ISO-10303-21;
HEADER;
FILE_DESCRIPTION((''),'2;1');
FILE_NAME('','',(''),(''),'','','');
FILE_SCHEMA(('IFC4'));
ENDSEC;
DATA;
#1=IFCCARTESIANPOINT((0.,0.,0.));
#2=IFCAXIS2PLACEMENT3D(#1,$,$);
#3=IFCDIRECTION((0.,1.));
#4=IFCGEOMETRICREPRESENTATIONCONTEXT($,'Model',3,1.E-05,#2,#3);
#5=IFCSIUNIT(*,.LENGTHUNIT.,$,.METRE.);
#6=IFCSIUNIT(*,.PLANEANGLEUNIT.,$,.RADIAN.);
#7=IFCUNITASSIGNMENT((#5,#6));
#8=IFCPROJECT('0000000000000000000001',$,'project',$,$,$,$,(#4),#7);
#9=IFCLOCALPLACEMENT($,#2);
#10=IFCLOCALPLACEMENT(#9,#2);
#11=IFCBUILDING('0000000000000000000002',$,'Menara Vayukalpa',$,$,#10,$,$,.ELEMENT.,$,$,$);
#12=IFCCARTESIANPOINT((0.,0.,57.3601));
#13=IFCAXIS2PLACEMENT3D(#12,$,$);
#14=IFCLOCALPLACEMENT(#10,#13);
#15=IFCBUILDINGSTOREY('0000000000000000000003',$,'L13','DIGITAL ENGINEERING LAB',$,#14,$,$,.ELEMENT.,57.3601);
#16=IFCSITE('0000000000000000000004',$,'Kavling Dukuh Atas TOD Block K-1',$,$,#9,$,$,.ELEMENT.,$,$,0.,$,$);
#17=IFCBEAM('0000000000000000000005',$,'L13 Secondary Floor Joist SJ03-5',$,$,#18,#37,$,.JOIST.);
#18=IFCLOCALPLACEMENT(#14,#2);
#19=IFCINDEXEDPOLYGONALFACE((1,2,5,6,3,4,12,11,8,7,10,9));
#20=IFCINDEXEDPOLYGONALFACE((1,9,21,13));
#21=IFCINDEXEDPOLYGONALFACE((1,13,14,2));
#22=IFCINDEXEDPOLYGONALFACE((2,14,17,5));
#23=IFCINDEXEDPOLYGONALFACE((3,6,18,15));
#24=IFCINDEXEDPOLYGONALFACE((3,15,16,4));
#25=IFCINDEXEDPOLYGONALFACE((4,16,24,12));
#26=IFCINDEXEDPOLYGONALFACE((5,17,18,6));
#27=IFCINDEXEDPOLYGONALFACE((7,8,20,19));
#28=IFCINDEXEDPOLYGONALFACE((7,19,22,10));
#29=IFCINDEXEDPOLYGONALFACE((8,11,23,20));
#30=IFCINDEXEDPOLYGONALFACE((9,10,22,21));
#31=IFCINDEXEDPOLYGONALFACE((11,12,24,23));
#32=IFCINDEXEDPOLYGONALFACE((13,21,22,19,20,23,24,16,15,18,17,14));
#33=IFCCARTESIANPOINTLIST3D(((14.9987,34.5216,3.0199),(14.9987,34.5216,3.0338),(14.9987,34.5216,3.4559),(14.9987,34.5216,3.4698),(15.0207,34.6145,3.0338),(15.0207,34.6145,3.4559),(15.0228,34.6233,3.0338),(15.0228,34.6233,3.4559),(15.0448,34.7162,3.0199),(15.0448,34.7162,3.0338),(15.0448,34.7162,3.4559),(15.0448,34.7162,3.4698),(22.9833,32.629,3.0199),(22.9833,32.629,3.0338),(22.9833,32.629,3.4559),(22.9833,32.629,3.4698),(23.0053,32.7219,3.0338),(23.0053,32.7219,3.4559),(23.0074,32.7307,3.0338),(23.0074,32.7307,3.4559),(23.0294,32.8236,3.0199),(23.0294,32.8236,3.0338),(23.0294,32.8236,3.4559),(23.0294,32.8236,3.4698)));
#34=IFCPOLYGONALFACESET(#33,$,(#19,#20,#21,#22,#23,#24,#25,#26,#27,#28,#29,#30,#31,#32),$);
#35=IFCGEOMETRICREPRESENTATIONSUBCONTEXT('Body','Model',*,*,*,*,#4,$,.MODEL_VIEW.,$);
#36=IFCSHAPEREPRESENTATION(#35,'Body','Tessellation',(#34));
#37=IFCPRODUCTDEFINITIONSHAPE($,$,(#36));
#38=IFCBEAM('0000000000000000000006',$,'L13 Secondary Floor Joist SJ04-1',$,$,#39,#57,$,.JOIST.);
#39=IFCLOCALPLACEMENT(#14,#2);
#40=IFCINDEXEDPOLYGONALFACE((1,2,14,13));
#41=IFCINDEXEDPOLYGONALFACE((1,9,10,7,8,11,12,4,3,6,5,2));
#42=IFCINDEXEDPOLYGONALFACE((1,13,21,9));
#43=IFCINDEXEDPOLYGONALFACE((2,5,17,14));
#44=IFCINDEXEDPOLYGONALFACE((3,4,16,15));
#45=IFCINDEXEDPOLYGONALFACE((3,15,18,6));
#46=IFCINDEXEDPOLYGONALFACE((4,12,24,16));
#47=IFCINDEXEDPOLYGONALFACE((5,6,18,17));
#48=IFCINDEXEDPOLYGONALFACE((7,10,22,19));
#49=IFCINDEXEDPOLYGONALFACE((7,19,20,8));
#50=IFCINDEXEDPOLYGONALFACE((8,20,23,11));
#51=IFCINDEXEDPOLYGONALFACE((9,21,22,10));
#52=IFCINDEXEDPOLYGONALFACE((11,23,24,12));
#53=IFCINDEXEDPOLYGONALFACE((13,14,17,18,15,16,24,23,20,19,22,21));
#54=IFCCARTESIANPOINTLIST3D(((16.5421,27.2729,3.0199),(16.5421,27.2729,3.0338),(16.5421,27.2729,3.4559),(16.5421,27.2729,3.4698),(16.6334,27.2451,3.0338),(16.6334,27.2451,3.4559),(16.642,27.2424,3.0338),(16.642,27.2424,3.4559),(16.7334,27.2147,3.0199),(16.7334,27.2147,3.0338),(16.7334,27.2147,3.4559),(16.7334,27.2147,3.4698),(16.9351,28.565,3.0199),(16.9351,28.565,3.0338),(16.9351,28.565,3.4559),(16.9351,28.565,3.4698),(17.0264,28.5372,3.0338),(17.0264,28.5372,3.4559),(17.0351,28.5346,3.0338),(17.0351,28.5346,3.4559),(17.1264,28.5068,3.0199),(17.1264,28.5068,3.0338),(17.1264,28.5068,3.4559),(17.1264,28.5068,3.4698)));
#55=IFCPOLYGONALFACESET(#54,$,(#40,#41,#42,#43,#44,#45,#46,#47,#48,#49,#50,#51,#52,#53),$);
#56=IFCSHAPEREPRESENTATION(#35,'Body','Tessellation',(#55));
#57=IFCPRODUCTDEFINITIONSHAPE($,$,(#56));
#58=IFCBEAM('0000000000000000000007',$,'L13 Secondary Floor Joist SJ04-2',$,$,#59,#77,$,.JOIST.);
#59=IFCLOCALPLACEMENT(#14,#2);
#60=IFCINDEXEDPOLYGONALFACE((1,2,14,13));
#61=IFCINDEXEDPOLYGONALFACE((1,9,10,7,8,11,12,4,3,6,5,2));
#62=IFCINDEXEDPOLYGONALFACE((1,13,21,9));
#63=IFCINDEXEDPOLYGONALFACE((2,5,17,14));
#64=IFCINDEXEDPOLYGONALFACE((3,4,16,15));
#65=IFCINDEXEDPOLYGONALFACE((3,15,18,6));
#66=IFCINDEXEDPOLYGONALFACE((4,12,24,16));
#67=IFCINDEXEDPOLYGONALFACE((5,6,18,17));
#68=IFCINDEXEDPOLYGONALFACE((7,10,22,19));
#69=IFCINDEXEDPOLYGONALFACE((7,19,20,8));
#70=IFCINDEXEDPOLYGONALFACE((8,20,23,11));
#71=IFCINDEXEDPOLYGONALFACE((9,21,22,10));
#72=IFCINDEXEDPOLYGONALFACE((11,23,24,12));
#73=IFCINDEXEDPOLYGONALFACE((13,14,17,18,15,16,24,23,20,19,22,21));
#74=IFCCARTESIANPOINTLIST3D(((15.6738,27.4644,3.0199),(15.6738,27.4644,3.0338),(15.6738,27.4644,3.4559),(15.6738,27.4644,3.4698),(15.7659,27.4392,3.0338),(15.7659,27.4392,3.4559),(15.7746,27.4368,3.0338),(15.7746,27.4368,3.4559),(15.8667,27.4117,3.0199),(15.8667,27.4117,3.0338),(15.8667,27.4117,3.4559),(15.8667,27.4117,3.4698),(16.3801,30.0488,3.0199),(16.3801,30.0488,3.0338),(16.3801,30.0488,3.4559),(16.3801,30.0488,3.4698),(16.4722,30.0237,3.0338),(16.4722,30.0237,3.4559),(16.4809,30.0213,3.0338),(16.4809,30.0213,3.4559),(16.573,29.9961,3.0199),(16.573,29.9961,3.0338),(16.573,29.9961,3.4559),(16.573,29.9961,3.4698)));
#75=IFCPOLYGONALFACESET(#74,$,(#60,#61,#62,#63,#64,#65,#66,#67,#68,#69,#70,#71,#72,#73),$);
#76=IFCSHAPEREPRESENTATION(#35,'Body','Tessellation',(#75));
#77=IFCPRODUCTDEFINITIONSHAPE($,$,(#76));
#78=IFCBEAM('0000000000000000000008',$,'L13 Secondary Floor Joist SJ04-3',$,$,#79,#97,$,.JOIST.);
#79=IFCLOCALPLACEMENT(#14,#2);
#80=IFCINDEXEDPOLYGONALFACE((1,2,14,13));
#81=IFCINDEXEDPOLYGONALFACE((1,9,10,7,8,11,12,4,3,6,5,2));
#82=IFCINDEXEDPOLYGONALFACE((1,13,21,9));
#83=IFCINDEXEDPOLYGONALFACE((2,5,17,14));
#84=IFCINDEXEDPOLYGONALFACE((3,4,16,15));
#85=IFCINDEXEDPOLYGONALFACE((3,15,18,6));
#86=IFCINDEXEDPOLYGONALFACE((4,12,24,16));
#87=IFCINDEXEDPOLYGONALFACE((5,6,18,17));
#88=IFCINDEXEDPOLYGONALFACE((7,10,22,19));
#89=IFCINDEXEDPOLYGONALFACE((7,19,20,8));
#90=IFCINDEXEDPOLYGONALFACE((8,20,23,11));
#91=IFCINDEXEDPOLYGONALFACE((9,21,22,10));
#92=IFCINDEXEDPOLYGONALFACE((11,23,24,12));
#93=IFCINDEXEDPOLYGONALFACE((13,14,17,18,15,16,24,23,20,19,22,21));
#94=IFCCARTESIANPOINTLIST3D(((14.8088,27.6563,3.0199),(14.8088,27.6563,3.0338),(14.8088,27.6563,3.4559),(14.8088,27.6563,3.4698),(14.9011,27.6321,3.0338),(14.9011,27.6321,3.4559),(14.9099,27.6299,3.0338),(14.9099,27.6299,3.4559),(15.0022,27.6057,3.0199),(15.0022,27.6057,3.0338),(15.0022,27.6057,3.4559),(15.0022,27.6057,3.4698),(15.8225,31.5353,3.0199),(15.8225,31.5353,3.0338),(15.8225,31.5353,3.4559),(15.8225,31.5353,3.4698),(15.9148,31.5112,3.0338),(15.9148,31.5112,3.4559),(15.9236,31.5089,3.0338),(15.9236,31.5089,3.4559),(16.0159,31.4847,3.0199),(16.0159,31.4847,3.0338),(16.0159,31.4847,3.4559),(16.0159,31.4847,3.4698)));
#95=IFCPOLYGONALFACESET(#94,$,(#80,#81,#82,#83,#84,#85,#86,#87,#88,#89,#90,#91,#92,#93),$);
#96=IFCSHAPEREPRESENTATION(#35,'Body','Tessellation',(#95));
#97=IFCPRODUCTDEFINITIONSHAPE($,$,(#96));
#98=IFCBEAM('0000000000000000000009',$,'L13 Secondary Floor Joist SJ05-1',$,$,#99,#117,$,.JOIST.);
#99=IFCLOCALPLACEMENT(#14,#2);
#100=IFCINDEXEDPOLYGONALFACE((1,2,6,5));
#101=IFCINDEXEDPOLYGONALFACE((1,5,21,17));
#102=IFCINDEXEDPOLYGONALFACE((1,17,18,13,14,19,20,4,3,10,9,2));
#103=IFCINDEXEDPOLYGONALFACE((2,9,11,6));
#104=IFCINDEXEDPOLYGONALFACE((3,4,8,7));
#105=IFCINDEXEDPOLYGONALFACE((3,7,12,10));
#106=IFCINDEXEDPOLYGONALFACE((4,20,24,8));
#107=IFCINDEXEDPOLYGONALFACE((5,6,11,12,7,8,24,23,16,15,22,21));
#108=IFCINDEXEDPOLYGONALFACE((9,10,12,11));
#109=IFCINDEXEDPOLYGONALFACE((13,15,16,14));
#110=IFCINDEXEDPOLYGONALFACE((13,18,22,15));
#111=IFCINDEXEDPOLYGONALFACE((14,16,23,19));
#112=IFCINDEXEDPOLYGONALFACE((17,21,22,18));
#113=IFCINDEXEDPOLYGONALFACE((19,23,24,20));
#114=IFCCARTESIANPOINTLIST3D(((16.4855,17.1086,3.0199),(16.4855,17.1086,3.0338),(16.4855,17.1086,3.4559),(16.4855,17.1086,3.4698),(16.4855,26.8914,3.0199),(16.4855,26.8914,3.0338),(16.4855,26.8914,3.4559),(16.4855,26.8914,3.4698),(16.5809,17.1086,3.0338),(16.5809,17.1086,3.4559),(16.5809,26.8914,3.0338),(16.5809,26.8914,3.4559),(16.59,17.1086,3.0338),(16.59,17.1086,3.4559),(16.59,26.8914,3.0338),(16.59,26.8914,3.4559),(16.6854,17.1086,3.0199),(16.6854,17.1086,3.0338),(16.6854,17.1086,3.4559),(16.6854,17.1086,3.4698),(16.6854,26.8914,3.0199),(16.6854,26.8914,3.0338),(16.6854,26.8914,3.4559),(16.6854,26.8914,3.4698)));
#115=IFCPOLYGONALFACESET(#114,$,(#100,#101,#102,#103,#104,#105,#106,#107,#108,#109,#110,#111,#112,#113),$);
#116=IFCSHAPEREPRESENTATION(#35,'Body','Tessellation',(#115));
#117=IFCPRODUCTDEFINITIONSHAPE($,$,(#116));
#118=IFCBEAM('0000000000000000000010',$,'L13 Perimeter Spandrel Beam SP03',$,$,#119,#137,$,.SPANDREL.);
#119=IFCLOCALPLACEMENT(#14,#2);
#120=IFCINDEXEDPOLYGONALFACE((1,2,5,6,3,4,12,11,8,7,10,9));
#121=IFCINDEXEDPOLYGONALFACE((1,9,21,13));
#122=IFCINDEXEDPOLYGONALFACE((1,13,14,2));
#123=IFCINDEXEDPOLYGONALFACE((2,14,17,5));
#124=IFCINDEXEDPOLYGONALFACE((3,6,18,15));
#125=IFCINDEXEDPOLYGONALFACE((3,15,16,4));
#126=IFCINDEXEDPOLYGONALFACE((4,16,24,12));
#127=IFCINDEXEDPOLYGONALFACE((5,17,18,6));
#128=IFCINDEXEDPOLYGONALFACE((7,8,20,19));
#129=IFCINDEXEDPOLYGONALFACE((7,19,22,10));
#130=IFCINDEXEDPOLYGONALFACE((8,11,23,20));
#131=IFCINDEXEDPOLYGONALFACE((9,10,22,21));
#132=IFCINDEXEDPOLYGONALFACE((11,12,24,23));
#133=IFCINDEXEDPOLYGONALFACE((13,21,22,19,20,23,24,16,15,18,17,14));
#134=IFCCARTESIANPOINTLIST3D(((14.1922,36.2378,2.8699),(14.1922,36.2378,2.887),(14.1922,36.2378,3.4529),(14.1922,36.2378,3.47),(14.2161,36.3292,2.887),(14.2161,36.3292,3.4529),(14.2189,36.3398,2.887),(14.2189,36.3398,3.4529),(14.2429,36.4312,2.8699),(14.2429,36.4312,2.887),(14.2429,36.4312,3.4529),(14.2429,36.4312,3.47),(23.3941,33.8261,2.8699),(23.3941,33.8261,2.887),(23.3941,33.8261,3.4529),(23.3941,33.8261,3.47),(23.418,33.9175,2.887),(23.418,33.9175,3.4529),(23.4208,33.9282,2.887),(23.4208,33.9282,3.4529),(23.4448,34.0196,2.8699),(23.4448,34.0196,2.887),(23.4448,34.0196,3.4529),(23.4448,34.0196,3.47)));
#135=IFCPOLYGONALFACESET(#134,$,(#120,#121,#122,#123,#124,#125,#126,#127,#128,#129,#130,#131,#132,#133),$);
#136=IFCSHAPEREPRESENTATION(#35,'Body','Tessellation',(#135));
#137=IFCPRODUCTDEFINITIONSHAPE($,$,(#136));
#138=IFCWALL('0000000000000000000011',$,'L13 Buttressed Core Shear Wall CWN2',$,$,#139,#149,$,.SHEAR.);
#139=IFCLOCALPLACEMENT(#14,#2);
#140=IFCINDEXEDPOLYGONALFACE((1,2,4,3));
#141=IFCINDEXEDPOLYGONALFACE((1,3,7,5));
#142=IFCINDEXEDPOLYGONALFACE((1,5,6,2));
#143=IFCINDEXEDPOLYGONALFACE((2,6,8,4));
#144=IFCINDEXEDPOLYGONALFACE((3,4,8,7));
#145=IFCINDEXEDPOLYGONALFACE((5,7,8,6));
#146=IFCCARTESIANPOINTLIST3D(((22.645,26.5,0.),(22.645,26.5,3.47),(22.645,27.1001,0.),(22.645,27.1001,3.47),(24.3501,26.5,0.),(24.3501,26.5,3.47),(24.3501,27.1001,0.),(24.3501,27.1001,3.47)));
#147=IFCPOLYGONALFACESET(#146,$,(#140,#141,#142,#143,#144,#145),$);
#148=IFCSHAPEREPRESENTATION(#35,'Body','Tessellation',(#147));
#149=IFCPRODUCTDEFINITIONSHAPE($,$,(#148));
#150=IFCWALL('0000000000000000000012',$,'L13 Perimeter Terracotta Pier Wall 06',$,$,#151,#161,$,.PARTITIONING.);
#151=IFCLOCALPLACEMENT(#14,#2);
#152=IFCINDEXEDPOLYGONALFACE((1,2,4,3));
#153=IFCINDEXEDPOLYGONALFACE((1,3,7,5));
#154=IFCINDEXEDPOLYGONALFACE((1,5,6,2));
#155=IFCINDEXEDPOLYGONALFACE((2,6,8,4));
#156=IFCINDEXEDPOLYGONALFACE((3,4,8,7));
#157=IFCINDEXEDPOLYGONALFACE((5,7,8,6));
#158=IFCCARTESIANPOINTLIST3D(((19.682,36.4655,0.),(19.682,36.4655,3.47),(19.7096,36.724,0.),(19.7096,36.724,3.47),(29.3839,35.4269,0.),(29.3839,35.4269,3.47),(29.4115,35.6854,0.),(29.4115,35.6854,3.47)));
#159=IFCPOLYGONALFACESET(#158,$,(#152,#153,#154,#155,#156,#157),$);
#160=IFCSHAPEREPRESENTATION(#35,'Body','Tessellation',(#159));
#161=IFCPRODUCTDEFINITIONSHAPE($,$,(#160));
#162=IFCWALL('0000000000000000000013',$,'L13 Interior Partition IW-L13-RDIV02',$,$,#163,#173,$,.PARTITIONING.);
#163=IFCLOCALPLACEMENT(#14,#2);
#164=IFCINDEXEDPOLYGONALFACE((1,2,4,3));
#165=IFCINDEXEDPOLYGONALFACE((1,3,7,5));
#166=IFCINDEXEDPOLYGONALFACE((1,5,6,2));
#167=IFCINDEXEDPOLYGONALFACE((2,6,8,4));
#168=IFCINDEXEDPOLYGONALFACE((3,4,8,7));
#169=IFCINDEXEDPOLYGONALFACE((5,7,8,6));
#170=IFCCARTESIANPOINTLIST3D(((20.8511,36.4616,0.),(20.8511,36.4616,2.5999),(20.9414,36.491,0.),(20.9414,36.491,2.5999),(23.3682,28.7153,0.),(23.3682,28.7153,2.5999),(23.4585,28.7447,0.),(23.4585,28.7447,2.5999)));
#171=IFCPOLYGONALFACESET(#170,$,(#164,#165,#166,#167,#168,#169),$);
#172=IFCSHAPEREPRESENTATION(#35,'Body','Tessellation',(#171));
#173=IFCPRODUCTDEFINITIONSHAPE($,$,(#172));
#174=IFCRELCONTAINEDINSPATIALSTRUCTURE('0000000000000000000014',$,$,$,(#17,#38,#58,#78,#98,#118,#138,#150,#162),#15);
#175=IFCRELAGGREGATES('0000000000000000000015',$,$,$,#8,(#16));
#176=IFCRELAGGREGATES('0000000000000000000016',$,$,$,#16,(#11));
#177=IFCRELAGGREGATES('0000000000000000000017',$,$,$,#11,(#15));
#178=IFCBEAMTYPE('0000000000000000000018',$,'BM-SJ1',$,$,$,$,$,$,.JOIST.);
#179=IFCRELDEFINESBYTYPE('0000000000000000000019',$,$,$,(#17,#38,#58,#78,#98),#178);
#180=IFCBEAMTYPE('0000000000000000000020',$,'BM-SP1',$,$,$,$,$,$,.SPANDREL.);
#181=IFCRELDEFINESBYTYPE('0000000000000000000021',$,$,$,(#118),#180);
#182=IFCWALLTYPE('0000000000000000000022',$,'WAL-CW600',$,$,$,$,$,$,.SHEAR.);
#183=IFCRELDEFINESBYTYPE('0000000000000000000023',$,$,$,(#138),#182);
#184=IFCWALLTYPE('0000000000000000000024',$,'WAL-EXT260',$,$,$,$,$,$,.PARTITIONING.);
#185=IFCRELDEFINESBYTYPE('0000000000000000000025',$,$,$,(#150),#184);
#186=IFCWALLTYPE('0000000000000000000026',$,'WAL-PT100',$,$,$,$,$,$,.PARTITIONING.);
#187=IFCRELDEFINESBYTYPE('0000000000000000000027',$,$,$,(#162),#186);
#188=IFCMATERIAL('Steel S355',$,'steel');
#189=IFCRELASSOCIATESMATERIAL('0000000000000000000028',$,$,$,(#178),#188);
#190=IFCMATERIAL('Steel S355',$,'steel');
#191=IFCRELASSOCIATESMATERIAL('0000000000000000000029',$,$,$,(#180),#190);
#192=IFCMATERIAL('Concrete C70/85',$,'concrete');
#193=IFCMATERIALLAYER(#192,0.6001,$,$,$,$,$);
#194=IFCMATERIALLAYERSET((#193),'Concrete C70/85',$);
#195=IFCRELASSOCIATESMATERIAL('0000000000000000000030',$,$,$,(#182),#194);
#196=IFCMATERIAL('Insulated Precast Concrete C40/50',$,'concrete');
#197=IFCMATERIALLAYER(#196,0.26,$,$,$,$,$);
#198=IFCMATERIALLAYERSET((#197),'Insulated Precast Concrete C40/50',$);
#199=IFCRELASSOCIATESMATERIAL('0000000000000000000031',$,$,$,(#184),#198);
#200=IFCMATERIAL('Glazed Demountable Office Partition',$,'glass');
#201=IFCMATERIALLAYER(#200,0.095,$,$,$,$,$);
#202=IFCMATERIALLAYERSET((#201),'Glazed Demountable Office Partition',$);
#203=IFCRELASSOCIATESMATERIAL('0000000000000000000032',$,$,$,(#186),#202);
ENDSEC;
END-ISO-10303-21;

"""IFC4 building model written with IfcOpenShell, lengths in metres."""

from ifc_helpers import new_model, si_unit, direction, frame, frame_2d, origin, origin_2d, place, context, subcontext, project, spatial, rectangle, i_section, extrude, material, layer, layer_set, material_profile, profile_set, type_object, element, save


model = new_model("IFC4")

# Units and contexts
model_context = context("Model", 3, precision=1e-05, world=origin(), true_north=direction((0.0, 1.0)))
body_context = subcontext(model_context, "Body", "Model", "MODEL_VIEW")
ifc_project = project(units=[si_unit("LENGTHUNIT", "METRE"), si_unit("PLANEANGLEUNIT", "RADIAN")], contexts=[model_context])

# Site, building, storey
site_placement = place(None, origin())
site = spatial("IfcSite", under=ifc_project, at=site_placement, Name="Kavling Dukuh Atas TOD Block K-1", CompositionType="ELEMENT", RefElevation=0.0)
building_placement = place(site_placement, origin())
building = spatial("IfcBuilding", under=site, at=building_placement, Name="Menara Vayukalpa", CompositionType="ELEMENT")
storey_placement = place(building_placement, frame((0.0, 0.0, 57.3601)))
storey = spatial("IfcBuildingStorey", under=building, at=storey_placement, Name="L13", Description="DIGITAL ENGINEERING LAB", CompositionType="ELEMENT", Elevation=57.3601)

# Beams
ifc_material_1 = material(Name="Steel S355", Category="steel")
ifc_material_profile_1 = material_profile(ifc_material_1, i_section(OverallWidth=0.2, OverallDepth=0.45, WebThickness=0.009, FlangeThickness=0.0139, at=origin_2d()), Name="WF 450x200x9x14")
ifc_profile_set_1 = profile_set([ifc_material_profile_1], Name="Steel S355")
beam_type_1 = type_object("IfcBeamType", Name="BM-SJ1", PredefinedType="JOIST", material=ifc_profile_set_1)
beam_1_placement = place(storey_placement, frame((23.0063, 32.7263, 3.2449), z_axis=(-0.97304, 0.230638, 0.0), x_axis=(-0.230638, -0.97304, 0.0)))
element("IfcBeam", 1, at=beam_1_placement, inside=storey, type_object=beam_type_1, Name="L13 Secondary Floor Joist SJ03-5", PredefinedType="JOIST", context=body_context, shape_type="SweptSolid", body=[
    extrude(i_section(OverallWidth=0.2, OverallDepth=0.45, WebThickness=0.009, FlangeThickness=0.0139, at=origin_2d()), origin(), (0.0, 0.0, 1.0), 8.2058),
])
beam_2_placement = place(storey_placement, frame((17.0308, 28.5359, 3.2449), z_axis=(-0.291011, -0.95672, 0.0), x_axis=(0.95672, -0.291011, 0.0)))
element("IfcBeam", 2, at=beam_2_placement, inside=storey, type_object=beam_type_1, Name="L13 Secondary Floor Joist SJ04-1", PredefinedType="JOIST", context=body_context, shape_type="SweptSolid", body=[
    extrude(i_section(OverallWidth=0.2, OverallDepth=0.45, WebThickness=0.009, FlangeThickness=0.0139, at=origin_2d()), origin(), (0.0, 0.0, 1.0), 1.3506),
])
beam_3_placement = place(storey_placement, frame((16.4766, 30.0225, 3.2449), z_axis=(-0.263619, -0.964627, 0.0), x_axis=(0.964627, -0.263619, 0.0)))
element("IfcBeam", 3, at=beam_3_placement, inside=storey, type_object=beam_type_1, Name="L13 Secondary Floor Joist SJ04-2", PredefinedType="JOIST", context=body_context, shape_type="SweptSolid", body=[
    extrude(i_section(OverallWidth=0.2, OverallDepth=0.45, WebThickness=0.009, FlangeThickness=0.0139, at=origin_2d()), origin(), (0.0, 0.0, 1.0), 2.6792),
])
beam_4_placement = place(storey_placement, frame((15.9192, 31.51, 3.2449), z_axis=(-0.252838, -0.967509, 0.0), x_axis=(0.967509, -0.252838, 0.0)))
element("IfcBeam", 4, at=beam_4_placement, inside=storey, type_object=beam_type_1, Name="L13 Secondary Floor Joist SJ04-3", PredefinedType="JOIST", context=body_context, shape_type="SweptSolid", body=[
    extrude(i_section(OverallWidth=0.2, OverallDepth=0.45, WebThickness=0.009, FlangeThickness=0.0139, at=origin_2d()), origin(), (0.0, 0.0, 1.0), 4.0093),
])
beam_5_placement = place(storey_placement, frame((16.5854, 26.8914, 3.2449), z_axis=(0.0, -1.0, 0.0), x_axis=(1.0, 0.0, 0.0)))
element("IfcBeam", 5, at=beam_5_placement, inside=storey, type_object=beam_type_1, Name="L13 Secondary Floor Joist SJ05-1", PredefinedType="JOIST", context=body_context, shape_type="SweptSolid", body=[
    extrude(i_section(OverallWidth=0.2, OverallDepth=0.45, WebThickness=0.009, FlangeThickness=0.0139, at=origin_2d()), origin(), (0.0, 0.0, 1.0), 9.7827),
])
ifc_material_2 = material(Name="Steel S355", Category="steel")
ifc_material_profile_2 = material_profile(ifc_material_2, i_section(OverallWidth=0.2, OverallDepth=0.6001, WebThickness=0.011, FlangeThickness=0.0171, at=origin_2d()), Name="WF 600x200x11x17")
ifc_profile_set_2 = profile_set([ifc_material_profile_2], Name="Steel S355")
beam_type_2 = type_object("IfcBeamType", Name="BM-SP1", PredefinedType="SPANDREL", material=ifc_profile_set_2)
beam_6_placement = place(storey_placement, frame((23.4194, 33.9229, 3.1699), z_axis=(-0.967331, 0.253517, 0.0), x_axis=(-0.253517, -0.967331, 0.0)))
element("IfcBeam", 6, at=beam_6_placement, inside=storey, type_object=beam_type_2, Name="L13 Perimeter Spandrel Beam SP03", PredefinedType="SPANDREL", context=body_context, shape_type="SweptSolid", body=[
    extrude(i_section(OverallWidth=0.2, OverallDepth=0.6001, WebThickness=0.011, FlangeThickness=0.0171, at=origin_2d()), origin(), (0.0, 0.0, 1.0), 9.5127),
])

# Walls
ifc_material_3 = material(Name="Concrete C70/85", Category="concrete")
ifc_layer_1 = layer(ifc_material_3, 0.6001)
ifc_layer_set_1 = layer_set([ifc_layer_1], Name="Concrete C70/85")
wall_type_1 = type_object("IfcWallType", Name="WAL-CW600", PredefinedType="SHEAR", material=ifc_layer_set_1)
wall_1_placement = place(storey_placement, frame((22.645, 26.8, 0.0), z_axis=(0.0, 0.0, 1.0), x_axis=(1.0, 0.0, 0.0)))
element("IfcWall", 7, at=wall_1_placement, inside=storey, type_object=wall_type_1, Name="L13 Buttressed Core Shear Wall CWN2", PredefinedType="SHEAR", context=body_context, shape_type="SweptSolid", body=[
    extrude(rectangle(XDim=1.7051, YDim=0.6001, at=frame_2d((0.8525, 0.0))), origin(), (0.0, 0.0, 1.0), 3.47),
])
ifc_material_4 = material(Name="Insulated Precast Concrete C40/50", Category="concrete")
ifc_layer_2 = layer(ifc_material_4, 0.26)
ifc_layer_set_2 = layer_set([ifc_layer_2], Name="Insulated Precast Concrete C40/50")
wall_type_2 = type_object("IfcWallType", Name="WAL-EXT260", PredefinedType="PARTITIONING", material=ifc_layer_set_2)
wall_2_placement = place(storey_placement, frame((19.6958, 36.5947, 0.0), z_axis=(0.0, 0.0, 1.0), x_axis=(0.994319, -0.10644, 0.0)))
element("IfcWall", 8, at=wall_2_placement, inside=storey, type_object=wall_type_2, Name="L13 Perimeter Terracotta Pier Wall 06", PredefinedType="PARTITIONING", context=body_context, shape_type="SweptSolid", body=[
    extrude(rectangle(XDim=9.7573, YDim=0.26, at=frame_2d((4.8787, 0.0))), origin(), (0.0, 0.0, 1.0), 3.47),
])
ifc_material_5 = material(Name="Glazed Demountable Office Partition", Category="glass")
ifc_layer_3 = layer(ifc_material_5, 0.095)
ifc_layer_set_3 = layer_set([ifc_layer_3], Name="Glazed Demountable Office Partition")
wall_type_3 = type_object("IfcWallType", Name="WAL-PT100", PredefinedType="PARTITIONING", material=ifc_layer_set_3)
wall_3_placement = place(storey_placement, frame((23.4133, 28.73, 0.0), z_axis=(0.0, 0.0, 1.0), x_axis=(-0.309034, 0.951051, 0.0)))
element("IfcWall", 9, at=wall_3_placement, inside=storey, type_object=wall_type_3, Name="L13 Interior Partition IW-L13-RDIV02", PredefinedType="PARTITIONING", context=body_context, shape_type="SweptSolid", body=[
    extrude(rectangle(XDim=8.145, YDim=0.095, at=frame_2d((4.0725, 0.0))), origin(), (0.0, 0.0, 1.0), 2.5999),
])

save(model, "model.ifc")
